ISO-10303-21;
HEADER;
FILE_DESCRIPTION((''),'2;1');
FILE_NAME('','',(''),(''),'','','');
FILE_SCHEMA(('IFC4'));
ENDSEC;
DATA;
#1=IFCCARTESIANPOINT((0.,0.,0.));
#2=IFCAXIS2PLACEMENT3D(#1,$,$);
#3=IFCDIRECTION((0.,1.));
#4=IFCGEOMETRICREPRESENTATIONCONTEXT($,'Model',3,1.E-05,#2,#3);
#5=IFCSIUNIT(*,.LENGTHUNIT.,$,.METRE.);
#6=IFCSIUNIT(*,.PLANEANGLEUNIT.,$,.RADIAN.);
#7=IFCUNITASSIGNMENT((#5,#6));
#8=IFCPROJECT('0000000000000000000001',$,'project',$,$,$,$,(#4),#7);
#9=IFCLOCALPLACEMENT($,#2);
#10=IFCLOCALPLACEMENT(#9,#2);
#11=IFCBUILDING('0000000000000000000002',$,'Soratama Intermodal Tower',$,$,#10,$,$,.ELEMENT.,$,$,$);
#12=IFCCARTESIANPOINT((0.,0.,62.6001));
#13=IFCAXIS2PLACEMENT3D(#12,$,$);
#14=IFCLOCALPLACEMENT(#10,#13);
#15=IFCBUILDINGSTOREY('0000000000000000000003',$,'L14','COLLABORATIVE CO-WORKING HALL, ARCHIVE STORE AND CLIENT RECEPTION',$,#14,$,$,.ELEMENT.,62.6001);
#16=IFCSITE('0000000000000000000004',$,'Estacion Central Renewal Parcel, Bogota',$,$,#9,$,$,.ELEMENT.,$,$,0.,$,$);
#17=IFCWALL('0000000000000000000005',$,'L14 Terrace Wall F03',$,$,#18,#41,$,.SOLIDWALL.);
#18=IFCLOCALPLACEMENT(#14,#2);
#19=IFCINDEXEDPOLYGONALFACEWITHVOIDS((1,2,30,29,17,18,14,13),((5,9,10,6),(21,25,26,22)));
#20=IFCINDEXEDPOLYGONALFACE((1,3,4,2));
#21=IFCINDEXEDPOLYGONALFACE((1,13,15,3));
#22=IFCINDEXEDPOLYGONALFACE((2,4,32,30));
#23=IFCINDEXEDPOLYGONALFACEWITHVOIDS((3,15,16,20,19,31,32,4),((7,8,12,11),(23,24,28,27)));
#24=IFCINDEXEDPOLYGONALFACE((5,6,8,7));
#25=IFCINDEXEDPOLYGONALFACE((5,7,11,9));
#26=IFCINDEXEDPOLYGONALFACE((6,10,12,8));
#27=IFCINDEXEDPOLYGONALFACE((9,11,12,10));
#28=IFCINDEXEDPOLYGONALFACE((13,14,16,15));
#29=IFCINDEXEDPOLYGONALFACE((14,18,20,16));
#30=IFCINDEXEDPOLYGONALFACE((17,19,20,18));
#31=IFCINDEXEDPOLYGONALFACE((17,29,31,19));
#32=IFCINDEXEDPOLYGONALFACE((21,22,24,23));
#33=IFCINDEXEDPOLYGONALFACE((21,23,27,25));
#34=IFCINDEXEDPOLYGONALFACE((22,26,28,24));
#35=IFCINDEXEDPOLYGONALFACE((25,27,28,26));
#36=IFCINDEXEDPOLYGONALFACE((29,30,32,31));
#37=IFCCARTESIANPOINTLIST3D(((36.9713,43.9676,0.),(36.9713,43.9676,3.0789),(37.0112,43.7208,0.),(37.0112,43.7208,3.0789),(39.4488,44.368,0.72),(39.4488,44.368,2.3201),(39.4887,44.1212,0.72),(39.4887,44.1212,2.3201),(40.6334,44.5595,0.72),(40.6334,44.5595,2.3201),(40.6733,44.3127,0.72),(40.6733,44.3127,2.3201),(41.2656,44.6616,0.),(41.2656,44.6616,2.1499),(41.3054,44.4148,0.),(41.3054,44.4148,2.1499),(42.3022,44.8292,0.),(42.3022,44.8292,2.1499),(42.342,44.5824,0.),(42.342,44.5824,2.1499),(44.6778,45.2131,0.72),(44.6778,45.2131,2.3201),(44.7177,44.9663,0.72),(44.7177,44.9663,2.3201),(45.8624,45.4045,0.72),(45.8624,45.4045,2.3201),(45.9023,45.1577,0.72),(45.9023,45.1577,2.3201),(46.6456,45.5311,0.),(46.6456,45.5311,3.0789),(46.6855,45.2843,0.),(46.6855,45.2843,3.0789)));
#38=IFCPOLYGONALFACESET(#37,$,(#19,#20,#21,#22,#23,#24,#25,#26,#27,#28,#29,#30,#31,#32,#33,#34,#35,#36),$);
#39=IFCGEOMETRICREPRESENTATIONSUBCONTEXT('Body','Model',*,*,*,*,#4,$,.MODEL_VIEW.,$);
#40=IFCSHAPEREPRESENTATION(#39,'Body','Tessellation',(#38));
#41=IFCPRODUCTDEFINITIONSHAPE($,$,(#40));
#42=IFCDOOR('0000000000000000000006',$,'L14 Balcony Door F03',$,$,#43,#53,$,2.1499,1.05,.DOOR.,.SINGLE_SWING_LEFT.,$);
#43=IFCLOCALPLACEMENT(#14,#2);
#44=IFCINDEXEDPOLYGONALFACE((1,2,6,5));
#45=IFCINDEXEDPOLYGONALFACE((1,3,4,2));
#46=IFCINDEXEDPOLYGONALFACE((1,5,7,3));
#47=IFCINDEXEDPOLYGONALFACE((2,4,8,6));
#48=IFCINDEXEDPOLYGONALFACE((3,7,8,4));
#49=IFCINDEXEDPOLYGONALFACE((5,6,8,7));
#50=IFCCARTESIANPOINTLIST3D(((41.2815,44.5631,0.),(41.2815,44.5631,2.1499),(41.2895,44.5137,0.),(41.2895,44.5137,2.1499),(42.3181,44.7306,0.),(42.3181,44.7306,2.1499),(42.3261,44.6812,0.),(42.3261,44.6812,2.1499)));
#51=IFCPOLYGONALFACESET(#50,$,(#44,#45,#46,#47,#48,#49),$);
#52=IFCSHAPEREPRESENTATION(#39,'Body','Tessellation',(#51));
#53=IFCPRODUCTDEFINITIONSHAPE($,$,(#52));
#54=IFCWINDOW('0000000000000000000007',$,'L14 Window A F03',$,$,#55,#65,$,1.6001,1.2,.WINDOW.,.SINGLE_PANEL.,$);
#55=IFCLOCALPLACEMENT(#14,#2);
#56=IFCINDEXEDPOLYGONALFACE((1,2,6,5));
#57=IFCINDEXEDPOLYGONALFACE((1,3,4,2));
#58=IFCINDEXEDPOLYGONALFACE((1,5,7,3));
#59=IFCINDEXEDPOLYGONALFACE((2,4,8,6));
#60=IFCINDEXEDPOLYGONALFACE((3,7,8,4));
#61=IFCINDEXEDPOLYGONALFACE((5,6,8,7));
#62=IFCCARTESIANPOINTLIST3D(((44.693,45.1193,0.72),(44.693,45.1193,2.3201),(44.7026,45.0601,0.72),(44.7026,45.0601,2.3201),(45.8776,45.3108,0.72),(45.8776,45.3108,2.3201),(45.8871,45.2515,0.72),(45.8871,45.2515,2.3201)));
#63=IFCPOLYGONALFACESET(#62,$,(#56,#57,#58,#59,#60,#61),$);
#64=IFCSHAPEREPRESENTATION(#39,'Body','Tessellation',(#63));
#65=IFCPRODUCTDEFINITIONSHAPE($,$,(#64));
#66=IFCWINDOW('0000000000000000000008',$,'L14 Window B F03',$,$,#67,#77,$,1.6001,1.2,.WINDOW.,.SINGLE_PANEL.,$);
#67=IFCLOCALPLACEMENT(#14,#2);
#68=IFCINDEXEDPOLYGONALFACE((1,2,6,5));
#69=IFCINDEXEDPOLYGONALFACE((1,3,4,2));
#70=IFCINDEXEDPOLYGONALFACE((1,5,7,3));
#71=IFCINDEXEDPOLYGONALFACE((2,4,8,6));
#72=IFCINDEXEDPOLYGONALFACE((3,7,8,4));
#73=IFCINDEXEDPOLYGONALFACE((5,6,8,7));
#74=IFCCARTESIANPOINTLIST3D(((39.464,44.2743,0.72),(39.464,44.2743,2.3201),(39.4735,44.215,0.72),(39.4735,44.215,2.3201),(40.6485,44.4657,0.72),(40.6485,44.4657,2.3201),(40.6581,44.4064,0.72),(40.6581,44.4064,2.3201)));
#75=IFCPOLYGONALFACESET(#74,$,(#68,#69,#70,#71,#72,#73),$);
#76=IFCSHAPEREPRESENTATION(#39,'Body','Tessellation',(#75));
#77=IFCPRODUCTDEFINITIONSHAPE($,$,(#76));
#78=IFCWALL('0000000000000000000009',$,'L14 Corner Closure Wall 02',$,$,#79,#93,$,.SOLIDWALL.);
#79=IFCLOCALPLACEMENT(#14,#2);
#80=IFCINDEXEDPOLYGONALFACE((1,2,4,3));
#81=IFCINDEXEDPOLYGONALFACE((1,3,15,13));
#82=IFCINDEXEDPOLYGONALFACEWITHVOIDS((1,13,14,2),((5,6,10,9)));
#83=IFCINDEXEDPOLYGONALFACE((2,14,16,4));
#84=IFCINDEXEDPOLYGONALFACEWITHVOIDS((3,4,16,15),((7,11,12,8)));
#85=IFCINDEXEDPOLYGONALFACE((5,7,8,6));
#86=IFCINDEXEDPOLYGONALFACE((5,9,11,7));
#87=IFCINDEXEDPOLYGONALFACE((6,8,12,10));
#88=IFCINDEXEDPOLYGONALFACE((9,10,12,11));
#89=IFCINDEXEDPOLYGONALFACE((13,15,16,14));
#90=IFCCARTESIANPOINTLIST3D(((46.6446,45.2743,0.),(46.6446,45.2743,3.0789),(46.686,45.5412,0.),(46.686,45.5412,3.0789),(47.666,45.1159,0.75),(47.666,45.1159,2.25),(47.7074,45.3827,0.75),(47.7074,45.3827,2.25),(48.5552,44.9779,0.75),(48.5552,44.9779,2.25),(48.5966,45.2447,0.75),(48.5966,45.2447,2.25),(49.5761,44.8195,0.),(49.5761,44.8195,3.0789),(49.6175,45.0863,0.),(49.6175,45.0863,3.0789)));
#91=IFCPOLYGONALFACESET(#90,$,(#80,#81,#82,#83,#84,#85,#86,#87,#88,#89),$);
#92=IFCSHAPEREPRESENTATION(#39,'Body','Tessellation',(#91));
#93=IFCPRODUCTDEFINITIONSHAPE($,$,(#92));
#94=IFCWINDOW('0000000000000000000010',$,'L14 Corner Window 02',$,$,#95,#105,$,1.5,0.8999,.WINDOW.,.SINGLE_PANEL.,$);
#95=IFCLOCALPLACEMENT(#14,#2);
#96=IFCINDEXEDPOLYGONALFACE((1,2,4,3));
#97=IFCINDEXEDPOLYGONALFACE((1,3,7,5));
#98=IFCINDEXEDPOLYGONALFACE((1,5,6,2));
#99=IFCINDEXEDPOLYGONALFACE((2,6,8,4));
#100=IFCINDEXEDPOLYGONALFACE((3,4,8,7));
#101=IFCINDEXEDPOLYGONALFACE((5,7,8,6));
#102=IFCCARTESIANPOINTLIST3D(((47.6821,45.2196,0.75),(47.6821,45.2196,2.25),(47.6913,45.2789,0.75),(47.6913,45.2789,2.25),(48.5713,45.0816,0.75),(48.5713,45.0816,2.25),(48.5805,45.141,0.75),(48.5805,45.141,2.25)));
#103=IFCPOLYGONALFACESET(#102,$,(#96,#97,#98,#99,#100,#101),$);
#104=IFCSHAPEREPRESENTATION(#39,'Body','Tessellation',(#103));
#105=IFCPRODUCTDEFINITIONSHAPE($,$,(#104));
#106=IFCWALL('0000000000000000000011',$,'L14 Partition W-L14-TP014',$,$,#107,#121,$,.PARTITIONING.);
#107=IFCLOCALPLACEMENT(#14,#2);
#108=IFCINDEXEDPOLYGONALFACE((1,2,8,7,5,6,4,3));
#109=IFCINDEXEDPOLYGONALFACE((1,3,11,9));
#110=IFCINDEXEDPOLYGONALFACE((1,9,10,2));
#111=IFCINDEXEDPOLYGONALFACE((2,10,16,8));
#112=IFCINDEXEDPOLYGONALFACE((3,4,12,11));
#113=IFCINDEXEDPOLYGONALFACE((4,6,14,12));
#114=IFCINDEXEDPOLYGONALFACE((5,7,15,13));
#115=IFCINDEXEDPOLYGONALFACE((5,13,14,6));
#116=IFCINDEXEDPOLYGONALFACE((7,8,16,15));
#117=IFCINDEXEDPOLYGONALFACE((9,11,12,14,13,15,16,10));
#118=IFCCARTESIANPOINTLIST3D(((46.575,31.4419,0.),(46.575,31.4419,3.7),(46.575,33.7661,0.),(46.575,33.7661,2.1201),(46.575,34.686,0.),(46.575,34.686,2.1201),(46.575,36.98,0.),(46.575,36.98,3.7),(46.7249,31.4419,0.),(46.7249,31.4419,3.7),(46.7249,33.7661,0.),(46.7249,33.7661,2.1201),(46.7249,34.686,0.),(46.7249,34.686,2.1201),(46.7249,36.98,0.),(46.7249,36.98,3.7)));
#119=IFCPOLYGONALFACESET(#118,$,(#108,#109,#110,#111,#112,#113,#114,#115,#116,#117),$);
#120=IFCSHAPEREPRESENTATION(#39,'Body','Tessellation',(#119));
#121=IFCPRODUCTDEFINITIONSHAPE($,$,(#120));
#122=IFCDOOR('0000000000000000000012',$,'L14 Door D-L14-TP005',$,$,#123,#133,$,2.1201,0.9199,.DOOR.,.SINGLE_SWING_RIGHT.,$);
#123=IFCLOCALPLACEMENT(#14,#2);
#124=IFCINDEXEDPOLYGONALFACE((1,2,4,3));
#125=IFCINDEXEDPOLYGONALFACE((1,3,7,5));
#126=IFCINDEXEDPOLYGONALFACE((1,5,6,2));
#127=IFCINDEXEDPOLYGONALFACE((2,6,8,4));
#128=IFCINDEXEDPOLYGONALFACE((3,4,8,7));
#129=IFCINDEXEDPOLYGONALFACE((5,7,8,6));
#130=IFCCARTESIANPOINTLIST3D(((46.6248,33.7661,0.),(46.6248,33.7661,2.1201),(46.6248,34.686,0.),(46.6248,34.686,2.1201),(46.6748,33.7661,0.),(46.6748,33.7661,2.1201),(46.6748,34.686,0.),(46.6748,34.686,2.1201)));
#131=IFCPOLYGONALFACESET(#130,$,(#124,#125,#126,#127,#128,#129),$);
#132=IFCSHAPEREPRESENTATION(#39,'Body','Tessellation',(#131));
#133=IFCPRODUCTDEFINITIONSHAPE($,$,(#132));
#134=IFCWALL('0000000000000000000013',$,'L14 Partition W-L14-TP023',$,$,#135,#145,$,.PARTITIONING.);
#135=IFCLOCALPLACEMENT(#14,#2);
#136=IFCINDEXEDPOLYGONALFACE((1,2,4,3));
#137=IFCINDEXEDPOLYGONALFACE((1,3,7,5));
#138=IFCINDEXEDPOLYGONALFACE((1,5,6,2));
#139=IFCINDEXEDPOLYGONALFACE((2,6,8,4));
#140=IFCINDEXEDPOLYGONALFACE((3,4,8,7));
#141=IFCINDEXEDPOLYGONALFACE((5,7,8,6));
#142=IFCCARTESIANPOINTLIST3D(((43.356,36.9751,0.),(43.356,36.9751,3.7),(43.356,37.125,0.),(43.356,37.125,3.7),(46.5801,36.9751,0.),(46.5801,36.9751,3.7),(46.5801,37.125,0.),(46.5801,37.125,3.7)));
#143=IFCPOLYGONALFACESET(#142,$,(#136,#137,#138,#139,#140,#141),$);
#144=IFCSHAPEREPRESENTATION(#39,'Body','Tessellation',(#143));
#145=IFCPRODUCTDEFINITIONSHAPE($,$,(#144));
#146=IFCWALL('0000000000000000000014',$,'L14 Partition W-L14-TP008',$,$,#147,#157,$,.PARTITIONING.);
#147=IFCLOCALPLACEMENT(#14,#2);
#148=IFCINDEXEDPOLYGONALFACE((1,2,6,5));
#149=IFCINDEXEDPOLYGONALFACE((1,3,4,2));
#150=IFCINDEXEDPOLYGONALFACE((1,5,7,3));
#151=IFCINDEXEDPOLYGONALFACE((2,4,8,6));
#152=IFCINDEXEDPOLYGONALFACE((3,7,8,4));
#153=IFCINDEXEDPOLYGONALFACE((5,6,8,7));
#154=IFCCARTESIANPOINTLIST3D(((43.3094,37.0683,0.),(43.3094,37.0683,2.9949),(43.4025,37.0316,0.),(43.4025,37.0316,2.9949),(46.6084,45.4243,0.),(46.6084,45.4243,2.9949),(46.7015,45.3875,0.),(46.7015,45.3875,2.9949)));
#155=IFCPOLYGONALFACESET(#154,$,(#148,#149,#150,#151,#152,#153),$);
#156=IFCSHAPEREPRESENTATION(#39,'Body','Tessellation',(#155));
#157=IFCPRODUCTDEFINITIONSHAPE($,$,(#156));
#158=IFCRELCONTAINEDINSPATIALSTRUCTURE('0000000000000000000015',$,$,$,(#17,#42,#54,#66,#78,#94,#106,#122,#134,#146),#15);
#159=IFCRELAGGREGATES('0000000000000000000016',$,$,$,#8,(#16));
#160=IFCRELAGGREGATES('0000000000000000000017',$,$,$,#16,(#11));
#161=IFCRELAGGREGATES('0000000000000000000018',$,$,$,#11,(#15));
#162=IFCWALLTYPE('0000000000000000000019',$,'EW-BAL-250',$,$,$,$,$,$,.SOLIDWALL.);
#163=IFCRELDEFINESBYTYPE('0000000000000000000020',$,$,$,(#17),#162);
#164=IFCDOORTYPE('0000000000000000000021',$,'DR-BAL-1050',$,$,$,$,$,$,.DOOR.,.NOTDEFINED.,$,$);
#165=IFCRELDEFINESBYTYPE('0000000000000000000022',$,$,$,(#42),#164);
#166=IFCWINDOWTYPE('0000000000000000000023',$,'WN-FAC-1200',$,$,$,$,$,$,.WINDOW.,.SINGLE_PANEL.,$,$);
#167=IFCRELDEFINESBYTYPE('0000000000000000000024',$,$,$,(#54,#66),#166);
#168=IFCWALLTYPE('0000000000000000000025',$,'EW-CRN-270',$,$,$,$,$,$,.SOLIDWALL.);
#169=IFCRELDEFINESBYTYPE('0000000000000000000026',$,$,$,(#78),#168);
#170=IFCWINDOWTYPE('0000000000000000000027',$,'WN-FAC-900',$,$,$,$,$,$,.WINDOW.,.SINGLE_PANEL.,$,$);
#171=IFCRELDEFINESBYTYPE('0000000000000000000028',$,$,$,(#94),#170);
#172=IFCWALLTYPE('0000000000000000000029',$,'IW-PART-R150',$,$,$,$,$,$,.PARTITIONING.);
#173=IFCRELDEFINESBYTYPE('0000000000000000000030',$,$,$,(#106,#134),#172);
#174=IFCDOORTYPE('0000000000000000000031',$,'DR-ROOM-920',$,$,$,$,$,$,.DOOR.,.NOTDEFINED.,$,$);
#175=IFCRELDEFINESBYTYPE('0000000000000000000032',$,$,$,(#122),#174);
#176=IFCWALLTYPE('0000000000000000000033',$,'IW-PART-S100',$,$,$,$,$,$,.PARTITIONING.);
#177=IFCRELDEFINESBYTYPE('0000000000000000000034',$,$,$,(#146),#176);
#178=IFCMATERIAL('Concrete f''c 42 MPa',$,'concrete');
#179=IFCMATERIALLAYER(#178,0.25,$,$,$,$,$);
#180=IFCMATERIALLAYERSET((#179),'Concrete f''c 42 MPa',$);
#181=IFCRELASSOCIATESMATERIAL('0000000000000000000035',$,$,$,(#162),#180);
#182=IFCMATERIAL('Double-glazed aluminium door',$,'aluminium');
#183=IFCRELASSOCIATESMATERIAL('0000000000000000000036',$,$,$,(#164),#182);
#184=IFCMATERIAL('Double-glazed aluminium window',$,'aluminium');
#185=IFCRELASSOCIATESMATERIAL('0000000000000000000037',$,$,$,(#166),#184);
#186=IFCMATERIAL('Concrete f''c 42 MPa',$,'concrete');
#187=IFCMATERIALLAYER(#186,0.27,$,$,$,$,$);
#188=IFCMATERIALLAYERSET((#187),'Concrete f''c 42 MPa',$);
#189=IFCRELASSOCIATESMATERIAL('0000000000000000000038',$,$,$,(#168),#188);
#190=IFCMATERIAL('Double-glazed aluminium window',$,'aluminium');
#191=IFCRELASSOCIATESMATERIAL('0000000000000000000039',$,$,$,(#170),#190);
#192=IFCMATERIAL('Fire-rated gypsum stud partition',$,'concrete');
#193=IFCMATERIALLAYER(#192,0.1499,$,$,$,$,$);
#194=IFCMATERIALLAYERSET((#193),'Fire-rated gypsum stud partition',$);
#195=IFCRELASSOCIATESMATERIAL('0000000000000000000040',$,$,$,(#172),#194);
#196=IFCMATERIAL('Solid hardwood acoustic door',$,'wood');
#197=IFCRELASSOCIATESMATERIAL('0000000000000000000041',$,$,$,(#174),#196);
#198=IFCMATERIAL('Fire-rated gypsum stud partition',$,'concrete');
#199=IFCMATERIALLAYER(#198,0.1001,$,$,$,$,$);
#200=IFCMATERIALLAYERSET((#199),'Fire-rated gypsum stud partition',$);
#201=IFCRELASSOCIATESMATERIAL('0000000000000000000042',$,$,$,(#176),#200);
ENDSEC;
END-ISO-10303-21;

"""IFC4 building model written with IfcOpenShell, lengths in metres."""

from ifc_helpers import new_model, si_unit, direction, frame, frame_2d, origin, place, context, subcontext, project, spatial, rectangle, extrude, material, layer, layer_set, type_object, element, fill, save


model = new_model("IFC4")

# Units and contexts
model_context = context("Model", 3, precision=1e-05, world=origin(), true_north=direction((0.0, 1.0)))
body_context = subcontext(model_context, "Body", "Model", "MODEL_VIEW")
ifc_project = project(units=[si_unit("LENGTHUNIT", "METRE"), si_unit("PLANEANGLEUNIT", "RADIAN")], contexts=[model_context])

# Site, building, storey
site_placement = place(None, origin())
site = spatial("IfcSite", under=ifc_project, at=site_placement, Name="Estacion Central Renewal Parcel, Bogota", CompositionType="ELEMENT", RefElevation=0.0)
building_placement = place(site_placement, origin())
building = spatial("IfcBuilding", under=site, at=building_placement, Name="Soratama Intermodal Tower", CompositionType="ELEMENT")
storey_placement = place(building_placement, frame((0.0, 0.0, 62.6001)))
storey = spatial("IfcBuildingStorey", under=building, at=storey_placement, Name="L14", Description="COLLABORATIVE CO-WORKING HALL, ARCHIVE STORE AND CLIENT RECEPTION", CompositionType="ELEMENT", Elevation=62.6001)

# Wall, openings, door, windows
ifc_material_1 = material(Name="Concrete f'c 42 MPa", Category="concrete")
ifc_layer_1 = layer(ifc_material_1, 0.25)
ifc_layer_set_1 = layer_set([ifc_layer_1], Name="Concrete f'c 42 MPa")
wall_type_1 = type_object("IfcWallType", Name="EW-BAL-250", PredefinedType="SOLIDWALL", material=ifc_layer_set_1)
wall_1_placement = place(storey_placement, frame((46.6655, 45.4077, 0.0), z_axis=(0.0, 0.0, 1.0), x_axis=(-0.987191, -0.159541, 0.0)))
wall_1 = element("IfcWall", 1, at=wall_1_placement, inside=storey, type_object=wall_type_1, Name="L14 Terrace Wall F03", PredefinedType="SOLIDWALL", context=body_context, shape_type="SweptSolid", body=[
    extrude(rectangle(XDim=9.7998, YDim=0.25, at=frame_2d((4.8999, 0.0))), origin(), (0.0, 0.0, 1.0), 3.0789),
])
opening_1_placement = place(wall_1_placement, frame((4.3999, 0.0, 0.0)))
opening_1 = element("IfcOpeningElement", 2, at=opening_1_placement, cuts=wall_1, PredefinedType="OPENING", context=body_context, shape_type="SweptSolid", body=[
    extrude(rectangle(XDim=1.05, YDim=2.1499, at=frame_2d((0.5249, 1.075))), frame((0.0, 0.135, 0.0), z_axis=(0.0, -1.0, 0.0), x_axis=(1.0, 0.0, 0.0)), (0.0, 0.0, 1.0), 0.27),
])
opening_2_placement = place(wall_1_placement, frame((0.7932, 0.0, 0.72)))
opening_2 = element("IfcOpeningElement", 3, at=opening_2_placement, cuts=wall_1, PredefinedType="OPENING", context=body_context, shape_type="SweptSolid", body=[
    extrude(rectangle(XDim=1.2, YDim=1.6001, at=frame_2d((0.6001, 0.8))), frame((0.0, 0.135, 0.0), z_axis=(0.0, -1.0, 0.0), x_axis=(1.0, 0.0, 0.0)), (0.0, 0.0, 1.0), 0.27),
])
opening_3_placement = place(wall_1_placement, frame((6.0901, 0.0, 0.72)))
opening_3 = element("IfcOpeningElement", 4, at=opening_3_placement, cuts=wall_1, PredefinedType="OPENING", context=body_context, shape_type="SweptSolid", body=[
    extrude(rectangle(XDim=1.2, YDim=1.6001, at=frame_2d((0.6001, 0.8))), frame((0.0, 0.135, 0.0), z_axis=(0.0, -1.0, 0.0), x_axis=(1.0, 0.0, 0.0)), (0.0, 0.0, 1.0), 0.27),
])
ifc_material_2 = material(Name="Double-glazed aluminium door", Category="aluminium")
door_type_1 = type_object("IfcDoorType", Name="DR-BAL-1050", OperationType="NOTDEFINED", PredefinedType="DOOR", material=ifc_material_2)
door_1_placement = place(opening_1_placement, origin())
door_1 = element("IfcDoor", 5, at=door_1_placement, inside=storey, type_object=door_type_1, Name="L14 Balcony Door F03", OperationType="SINGLE_SWING_LEFT", OverallHeight=2.1499, OverallWidth=1.05, PredefinedType="DOOR", context=body_context, shape_type="SweptSolid", body=[
    extrude(rectangle(XDim=1.05, YDim=2.1499, at=frame_2d((0.5249, 1.075))), frame((0.0, 0.0249, 0.0), z_axis=(0.0, -1.0, 0.0), x_axis=(1.0, 0.0, 0.0)), (0.0, 0.0, 1.0), 0.05),
])
fill(opening_1, door_1)
ifc_material_3 = material(Name="Double-glazed aluminium window", Category="aluminium")
window_type_1 = type_object("IfcWindowType", Name="WN-FAC-1200", PartitioningType="SINGLE_PANEL", PredefinedType="WINDOW", material=ifc_material_3)
window_1_placement = place(opening_2_placement, origin())
window_1 = element("IfcWindow", 6, at=window_1_placement, inside=storey, type_object=window_type_1, Name="L14 Window A F03", OverallHeight=1.6001, OverallWidth=1.2, PartitioningType="SINGLE_PANEL", PredefinedType="WINDOW", context=body_context, shape_type="SweptSolid", body=[
    extrude(rectangle(XDim=1.2, YDim=1.6001, at=frame_2d((0.6001, 0.8))), frame((0.0, 0.03, 0.0), z_axis=(0.0, -1.0, 0.0), x_axis=(1.0, 0.0, 0.0)), (0.0, 0.0, 1.0), 0.0601),
])
fill(opening_2, window_1)
window_2_placement = place(opening_3_placement, origin())
window_2 = element("IfcWindow", 7, at=window_2_placement, inside=storey, type_object=window_type_1, Name="L14 Window B F03", OverallHeight=1.6001, OverallWidth=1.2, PartitioningType="SINGLE_PANEL", PredefinedType="WINDOW", context=body_context, shape_type="SweptSolid", body=[
    extrude(rectangle(XDim=1.2, YDim=1.6001, at=frame_2d((0.6001, 0.8))), frame((0.0, 0.03, 0.0), z_axis=(0.0, -1.0, 0.0), x_axis=(1.0, 0.0, 0.0)), (0.0, 0.0, 1.0), 0.0601),
])
fill(opening_3, window_2)

# Wall, opening, window
ifc_material_4 = material(Name="Concrete f'c 42 MPa", Category="concrete")
ifc_layer_2 = layer(ifc_material_4, 0.27)
ifc_layer_set_2 = layer_set([ifc_layer_2], Name="Concrete f'c 42 MPa")
wall_type_2 = type_object("IfcWallType", Name="EW-CRN-270", PredefinedType="SOLIDWALL", material=ifc_layer_set_2)
wall_2_placement = place(storey_placement, frame((49.5969, 44.9529, 0.0), z_axis=(0.0, 0.0, 1.0), x_axis=(-0.988176, 0.153325, 0.0)))
wall_2 = element("IfcWall", 8, at=wall_2_placement, inside=storey, type_object=wall_type_2, Name="L14 Corner Closure Wall 02", PredefinedType="SOLIDWALL", context=body_context, shape_type="SweptSolid", body=[
    extrude(rectangle(XDim=2.9666, YDim=0.27, at=frame_2d((1.4834, 0.0))), origin(), (0.0, 0.0, 1.0), 3.0789),
])
opening_4_placement = place(wall_2_placement, frame((1.0332, 0.0, 0.75)))
opening_4 = element("IfcOpeningElement", 9, at=opening_4_placement, cuts=wall_2, PredefinedType="OPENING", context=body_context, shape_type="SweptSolid", body=[
    extrude(rectangle(XDim=0.8999, YDim=1.5, at=frame_2d((0.45, 0.75))), frame((0.0, 0.145, 0.0), z_axis=(0.0, -1.0, 0.0), x_axis=(1.0, 0.0, 0.0)), (0.0, 0.0, 1.0), 0.29),
])
ifc_material_5 = material(Name="Double-glazed aluminium window", Category="aluminium")
window_type_2 = type_object("IfcWindowType", Name="WN-FAC-900", PartitioningType="SINGLE_PANEL", PredefinedType="WINDOW", material=ifc_material_5)
window_3_placement = place(opening_4_placement, origin())
window_3 = element("IfcWindow", 10, at=window_3_placement, inside=storey, type_object=window_type_2, Name="L14 Corner Window 02", OverallHeight=1.5, OverallWidth=0.8999, PartitioningType="SINGLE_PANEL", PredefinedType="WINDOW", context=body_context, shape_type="SweptSolid", body=[
    extrude(rectangle(XDim=0.8999, YDim=1.5, at=frame_2d((0.45, 0.75))), frame((0.0, 0.03, 0.0), z_axis=(0.0, -1.0, 0.0), x_axis=(1.0, 0.0, 0.0)), (0.0, 0.0, 1.0), 0.0601),
])
fill(opening_4, window_3)

# Wall, opening, door
ifc_material_6 = material(Name="Fire-rated gypsum stud partition", Category="concrete")
ifc_layer_3 = layer(ifc_material_6, 0.1499)
ifc_layer_set_3 = layer_set([ifc_layer_3], Name="Fire-rated gypsum stud partition")
wall_type_3 = type_object("IfcWallType", Name="IW-PART-R150", PredefinedType="PARTITIONING", material=ifc_layer_set_3)
wall_3_placement = place(storey_placement, frame((46.6499, 36.98, 0.0), z_axis=(0.0, 0.0, 1.0), x_axis=(0.0, -1.0, 0.0)))
wall_3 = element("IfcWall", 11, at=wall_3_placement, inside=storey, type_object=wall_type_3, Name="L14 Partition W-L14-TP014", PredefinedType="PARTITIONING", context=body_context, shape_type="SweptSolid", body=[
    extrude(rectangle(XDim=5.5381, YDim=0.1499, at=frame_2d((2.769, 0.0))), origin(), (0.0, 0.0, 1.0), 3.7),
])
opening_5_placement = place(wall_3_placement, frame((2.2939, 0.0, 0.0)))
opening_5 = element("IfcOpeningElement", 12, at=opening_5_placement, cuts=wall_3, PredefinedType="OPENING", context=body_context, shape_type="SweptSolid", body=[
    extrude(rectangle(XDim=0.9199, YDim=2.1201, at=frame_2d((0.46, 1.0601))), frame((0.0, 0.085, 0.0), z_axis=(0.0, -1.0, 0.0), x_axis=(1.0, 0.0, 0.0)), (0.0, 0.0, 1.0), 0.1699),
])
ifc_material_7 = material(Name="Solid hardwood acoustic door", Category="wood")
door_type_2 = type_object("IfcDoorType", Name="DR-ROOM-920", OperationType="NOTDEFINED", PredefinedType="DOOR", material=ifc_material_7)
door_2_placement = place(opening_5_placement, origin())
door_2 = element("IfcDoor", 13, at=door_2_placement, inside=storey, type_object=door_type_2, Name="L14 Door D-L14-TP005", OperationType="SINGLE_SWING_RIGHT", OverallHeight=2.1201, OverallWidth=0.9199, PredefinedType="DOOR", context=body_context, shape_type="SweptSolid", body=[
    extrude(rectangle(XDim=0.9199, YDim=2.1201, at=frame_2d((0.46, 1.0601))), frame((0.0, 0.0249, 0.0), z_axis=(0.0, -1.0, 0.0), x_axis=(1.0, 0.0, 0.0)), (0.0, 0.0, 1.0), 0.05),
])
fill(opening_5, door_2)

# Walls
wall_4_placement = place(storey_placement, frame((43.356, 37.05, 0.0), z_axis=(0.0, 0.0, 1.0), x_axis=(1.0, 0.0, 0.0)))
element("IfcWall", 14, at=wall_4_placement, inside=storey, type_object=wall_type_3, Name="L14 Partition W-L14-TP023", PredefinedType="PARTITIONING", context=body_context, shape_type="SweptSolid", body=[
    extrude(rectangle(XDim=3.2241, YDim=0.1499, at=frame_2d((1.6121, 0.0))), origin(), (0.0, 0.0, 1.0), 3.7),
])
ifc_material_8 = material(Name="Fire-rated gypsum stud partition", Category="concrete")
ifc_layer_4 = layer(ifc_material_8, 0.1001)
ifc_layer_set_4 = layer_set([ifc_layer_4], Name="Fire-rated gypsum stud partition")
wall_type_4 = type_object("IfcWallType", Name="IW-PART-S100", PredefinedType="PARTITIONING", material=ifc_layer_set_4)
wall_5_placement = place(storey_placement, frame((43.356, 37.05, 0.0), z_axis=(0.0, 0.0, 1.0), x_axis=(0.367231, 0.93013, 0.0)))
element("IfcWall", 15, at=wall_5_placement, inside=storey, type_object=wall_type_4, Name="L14 Partition W-L14-TP008", PredefinedType="PARTITIONING", context=body_context, shape_type="SweptSolid", body=[
    extrude(rectangle(XDim=8.9836, YDim=0.1001, at=frame_2d((4.4917, 0.0))), origin(), (0.0, 0.0, 1.0), 2.9949),
])

save(model, "model.ifc")
